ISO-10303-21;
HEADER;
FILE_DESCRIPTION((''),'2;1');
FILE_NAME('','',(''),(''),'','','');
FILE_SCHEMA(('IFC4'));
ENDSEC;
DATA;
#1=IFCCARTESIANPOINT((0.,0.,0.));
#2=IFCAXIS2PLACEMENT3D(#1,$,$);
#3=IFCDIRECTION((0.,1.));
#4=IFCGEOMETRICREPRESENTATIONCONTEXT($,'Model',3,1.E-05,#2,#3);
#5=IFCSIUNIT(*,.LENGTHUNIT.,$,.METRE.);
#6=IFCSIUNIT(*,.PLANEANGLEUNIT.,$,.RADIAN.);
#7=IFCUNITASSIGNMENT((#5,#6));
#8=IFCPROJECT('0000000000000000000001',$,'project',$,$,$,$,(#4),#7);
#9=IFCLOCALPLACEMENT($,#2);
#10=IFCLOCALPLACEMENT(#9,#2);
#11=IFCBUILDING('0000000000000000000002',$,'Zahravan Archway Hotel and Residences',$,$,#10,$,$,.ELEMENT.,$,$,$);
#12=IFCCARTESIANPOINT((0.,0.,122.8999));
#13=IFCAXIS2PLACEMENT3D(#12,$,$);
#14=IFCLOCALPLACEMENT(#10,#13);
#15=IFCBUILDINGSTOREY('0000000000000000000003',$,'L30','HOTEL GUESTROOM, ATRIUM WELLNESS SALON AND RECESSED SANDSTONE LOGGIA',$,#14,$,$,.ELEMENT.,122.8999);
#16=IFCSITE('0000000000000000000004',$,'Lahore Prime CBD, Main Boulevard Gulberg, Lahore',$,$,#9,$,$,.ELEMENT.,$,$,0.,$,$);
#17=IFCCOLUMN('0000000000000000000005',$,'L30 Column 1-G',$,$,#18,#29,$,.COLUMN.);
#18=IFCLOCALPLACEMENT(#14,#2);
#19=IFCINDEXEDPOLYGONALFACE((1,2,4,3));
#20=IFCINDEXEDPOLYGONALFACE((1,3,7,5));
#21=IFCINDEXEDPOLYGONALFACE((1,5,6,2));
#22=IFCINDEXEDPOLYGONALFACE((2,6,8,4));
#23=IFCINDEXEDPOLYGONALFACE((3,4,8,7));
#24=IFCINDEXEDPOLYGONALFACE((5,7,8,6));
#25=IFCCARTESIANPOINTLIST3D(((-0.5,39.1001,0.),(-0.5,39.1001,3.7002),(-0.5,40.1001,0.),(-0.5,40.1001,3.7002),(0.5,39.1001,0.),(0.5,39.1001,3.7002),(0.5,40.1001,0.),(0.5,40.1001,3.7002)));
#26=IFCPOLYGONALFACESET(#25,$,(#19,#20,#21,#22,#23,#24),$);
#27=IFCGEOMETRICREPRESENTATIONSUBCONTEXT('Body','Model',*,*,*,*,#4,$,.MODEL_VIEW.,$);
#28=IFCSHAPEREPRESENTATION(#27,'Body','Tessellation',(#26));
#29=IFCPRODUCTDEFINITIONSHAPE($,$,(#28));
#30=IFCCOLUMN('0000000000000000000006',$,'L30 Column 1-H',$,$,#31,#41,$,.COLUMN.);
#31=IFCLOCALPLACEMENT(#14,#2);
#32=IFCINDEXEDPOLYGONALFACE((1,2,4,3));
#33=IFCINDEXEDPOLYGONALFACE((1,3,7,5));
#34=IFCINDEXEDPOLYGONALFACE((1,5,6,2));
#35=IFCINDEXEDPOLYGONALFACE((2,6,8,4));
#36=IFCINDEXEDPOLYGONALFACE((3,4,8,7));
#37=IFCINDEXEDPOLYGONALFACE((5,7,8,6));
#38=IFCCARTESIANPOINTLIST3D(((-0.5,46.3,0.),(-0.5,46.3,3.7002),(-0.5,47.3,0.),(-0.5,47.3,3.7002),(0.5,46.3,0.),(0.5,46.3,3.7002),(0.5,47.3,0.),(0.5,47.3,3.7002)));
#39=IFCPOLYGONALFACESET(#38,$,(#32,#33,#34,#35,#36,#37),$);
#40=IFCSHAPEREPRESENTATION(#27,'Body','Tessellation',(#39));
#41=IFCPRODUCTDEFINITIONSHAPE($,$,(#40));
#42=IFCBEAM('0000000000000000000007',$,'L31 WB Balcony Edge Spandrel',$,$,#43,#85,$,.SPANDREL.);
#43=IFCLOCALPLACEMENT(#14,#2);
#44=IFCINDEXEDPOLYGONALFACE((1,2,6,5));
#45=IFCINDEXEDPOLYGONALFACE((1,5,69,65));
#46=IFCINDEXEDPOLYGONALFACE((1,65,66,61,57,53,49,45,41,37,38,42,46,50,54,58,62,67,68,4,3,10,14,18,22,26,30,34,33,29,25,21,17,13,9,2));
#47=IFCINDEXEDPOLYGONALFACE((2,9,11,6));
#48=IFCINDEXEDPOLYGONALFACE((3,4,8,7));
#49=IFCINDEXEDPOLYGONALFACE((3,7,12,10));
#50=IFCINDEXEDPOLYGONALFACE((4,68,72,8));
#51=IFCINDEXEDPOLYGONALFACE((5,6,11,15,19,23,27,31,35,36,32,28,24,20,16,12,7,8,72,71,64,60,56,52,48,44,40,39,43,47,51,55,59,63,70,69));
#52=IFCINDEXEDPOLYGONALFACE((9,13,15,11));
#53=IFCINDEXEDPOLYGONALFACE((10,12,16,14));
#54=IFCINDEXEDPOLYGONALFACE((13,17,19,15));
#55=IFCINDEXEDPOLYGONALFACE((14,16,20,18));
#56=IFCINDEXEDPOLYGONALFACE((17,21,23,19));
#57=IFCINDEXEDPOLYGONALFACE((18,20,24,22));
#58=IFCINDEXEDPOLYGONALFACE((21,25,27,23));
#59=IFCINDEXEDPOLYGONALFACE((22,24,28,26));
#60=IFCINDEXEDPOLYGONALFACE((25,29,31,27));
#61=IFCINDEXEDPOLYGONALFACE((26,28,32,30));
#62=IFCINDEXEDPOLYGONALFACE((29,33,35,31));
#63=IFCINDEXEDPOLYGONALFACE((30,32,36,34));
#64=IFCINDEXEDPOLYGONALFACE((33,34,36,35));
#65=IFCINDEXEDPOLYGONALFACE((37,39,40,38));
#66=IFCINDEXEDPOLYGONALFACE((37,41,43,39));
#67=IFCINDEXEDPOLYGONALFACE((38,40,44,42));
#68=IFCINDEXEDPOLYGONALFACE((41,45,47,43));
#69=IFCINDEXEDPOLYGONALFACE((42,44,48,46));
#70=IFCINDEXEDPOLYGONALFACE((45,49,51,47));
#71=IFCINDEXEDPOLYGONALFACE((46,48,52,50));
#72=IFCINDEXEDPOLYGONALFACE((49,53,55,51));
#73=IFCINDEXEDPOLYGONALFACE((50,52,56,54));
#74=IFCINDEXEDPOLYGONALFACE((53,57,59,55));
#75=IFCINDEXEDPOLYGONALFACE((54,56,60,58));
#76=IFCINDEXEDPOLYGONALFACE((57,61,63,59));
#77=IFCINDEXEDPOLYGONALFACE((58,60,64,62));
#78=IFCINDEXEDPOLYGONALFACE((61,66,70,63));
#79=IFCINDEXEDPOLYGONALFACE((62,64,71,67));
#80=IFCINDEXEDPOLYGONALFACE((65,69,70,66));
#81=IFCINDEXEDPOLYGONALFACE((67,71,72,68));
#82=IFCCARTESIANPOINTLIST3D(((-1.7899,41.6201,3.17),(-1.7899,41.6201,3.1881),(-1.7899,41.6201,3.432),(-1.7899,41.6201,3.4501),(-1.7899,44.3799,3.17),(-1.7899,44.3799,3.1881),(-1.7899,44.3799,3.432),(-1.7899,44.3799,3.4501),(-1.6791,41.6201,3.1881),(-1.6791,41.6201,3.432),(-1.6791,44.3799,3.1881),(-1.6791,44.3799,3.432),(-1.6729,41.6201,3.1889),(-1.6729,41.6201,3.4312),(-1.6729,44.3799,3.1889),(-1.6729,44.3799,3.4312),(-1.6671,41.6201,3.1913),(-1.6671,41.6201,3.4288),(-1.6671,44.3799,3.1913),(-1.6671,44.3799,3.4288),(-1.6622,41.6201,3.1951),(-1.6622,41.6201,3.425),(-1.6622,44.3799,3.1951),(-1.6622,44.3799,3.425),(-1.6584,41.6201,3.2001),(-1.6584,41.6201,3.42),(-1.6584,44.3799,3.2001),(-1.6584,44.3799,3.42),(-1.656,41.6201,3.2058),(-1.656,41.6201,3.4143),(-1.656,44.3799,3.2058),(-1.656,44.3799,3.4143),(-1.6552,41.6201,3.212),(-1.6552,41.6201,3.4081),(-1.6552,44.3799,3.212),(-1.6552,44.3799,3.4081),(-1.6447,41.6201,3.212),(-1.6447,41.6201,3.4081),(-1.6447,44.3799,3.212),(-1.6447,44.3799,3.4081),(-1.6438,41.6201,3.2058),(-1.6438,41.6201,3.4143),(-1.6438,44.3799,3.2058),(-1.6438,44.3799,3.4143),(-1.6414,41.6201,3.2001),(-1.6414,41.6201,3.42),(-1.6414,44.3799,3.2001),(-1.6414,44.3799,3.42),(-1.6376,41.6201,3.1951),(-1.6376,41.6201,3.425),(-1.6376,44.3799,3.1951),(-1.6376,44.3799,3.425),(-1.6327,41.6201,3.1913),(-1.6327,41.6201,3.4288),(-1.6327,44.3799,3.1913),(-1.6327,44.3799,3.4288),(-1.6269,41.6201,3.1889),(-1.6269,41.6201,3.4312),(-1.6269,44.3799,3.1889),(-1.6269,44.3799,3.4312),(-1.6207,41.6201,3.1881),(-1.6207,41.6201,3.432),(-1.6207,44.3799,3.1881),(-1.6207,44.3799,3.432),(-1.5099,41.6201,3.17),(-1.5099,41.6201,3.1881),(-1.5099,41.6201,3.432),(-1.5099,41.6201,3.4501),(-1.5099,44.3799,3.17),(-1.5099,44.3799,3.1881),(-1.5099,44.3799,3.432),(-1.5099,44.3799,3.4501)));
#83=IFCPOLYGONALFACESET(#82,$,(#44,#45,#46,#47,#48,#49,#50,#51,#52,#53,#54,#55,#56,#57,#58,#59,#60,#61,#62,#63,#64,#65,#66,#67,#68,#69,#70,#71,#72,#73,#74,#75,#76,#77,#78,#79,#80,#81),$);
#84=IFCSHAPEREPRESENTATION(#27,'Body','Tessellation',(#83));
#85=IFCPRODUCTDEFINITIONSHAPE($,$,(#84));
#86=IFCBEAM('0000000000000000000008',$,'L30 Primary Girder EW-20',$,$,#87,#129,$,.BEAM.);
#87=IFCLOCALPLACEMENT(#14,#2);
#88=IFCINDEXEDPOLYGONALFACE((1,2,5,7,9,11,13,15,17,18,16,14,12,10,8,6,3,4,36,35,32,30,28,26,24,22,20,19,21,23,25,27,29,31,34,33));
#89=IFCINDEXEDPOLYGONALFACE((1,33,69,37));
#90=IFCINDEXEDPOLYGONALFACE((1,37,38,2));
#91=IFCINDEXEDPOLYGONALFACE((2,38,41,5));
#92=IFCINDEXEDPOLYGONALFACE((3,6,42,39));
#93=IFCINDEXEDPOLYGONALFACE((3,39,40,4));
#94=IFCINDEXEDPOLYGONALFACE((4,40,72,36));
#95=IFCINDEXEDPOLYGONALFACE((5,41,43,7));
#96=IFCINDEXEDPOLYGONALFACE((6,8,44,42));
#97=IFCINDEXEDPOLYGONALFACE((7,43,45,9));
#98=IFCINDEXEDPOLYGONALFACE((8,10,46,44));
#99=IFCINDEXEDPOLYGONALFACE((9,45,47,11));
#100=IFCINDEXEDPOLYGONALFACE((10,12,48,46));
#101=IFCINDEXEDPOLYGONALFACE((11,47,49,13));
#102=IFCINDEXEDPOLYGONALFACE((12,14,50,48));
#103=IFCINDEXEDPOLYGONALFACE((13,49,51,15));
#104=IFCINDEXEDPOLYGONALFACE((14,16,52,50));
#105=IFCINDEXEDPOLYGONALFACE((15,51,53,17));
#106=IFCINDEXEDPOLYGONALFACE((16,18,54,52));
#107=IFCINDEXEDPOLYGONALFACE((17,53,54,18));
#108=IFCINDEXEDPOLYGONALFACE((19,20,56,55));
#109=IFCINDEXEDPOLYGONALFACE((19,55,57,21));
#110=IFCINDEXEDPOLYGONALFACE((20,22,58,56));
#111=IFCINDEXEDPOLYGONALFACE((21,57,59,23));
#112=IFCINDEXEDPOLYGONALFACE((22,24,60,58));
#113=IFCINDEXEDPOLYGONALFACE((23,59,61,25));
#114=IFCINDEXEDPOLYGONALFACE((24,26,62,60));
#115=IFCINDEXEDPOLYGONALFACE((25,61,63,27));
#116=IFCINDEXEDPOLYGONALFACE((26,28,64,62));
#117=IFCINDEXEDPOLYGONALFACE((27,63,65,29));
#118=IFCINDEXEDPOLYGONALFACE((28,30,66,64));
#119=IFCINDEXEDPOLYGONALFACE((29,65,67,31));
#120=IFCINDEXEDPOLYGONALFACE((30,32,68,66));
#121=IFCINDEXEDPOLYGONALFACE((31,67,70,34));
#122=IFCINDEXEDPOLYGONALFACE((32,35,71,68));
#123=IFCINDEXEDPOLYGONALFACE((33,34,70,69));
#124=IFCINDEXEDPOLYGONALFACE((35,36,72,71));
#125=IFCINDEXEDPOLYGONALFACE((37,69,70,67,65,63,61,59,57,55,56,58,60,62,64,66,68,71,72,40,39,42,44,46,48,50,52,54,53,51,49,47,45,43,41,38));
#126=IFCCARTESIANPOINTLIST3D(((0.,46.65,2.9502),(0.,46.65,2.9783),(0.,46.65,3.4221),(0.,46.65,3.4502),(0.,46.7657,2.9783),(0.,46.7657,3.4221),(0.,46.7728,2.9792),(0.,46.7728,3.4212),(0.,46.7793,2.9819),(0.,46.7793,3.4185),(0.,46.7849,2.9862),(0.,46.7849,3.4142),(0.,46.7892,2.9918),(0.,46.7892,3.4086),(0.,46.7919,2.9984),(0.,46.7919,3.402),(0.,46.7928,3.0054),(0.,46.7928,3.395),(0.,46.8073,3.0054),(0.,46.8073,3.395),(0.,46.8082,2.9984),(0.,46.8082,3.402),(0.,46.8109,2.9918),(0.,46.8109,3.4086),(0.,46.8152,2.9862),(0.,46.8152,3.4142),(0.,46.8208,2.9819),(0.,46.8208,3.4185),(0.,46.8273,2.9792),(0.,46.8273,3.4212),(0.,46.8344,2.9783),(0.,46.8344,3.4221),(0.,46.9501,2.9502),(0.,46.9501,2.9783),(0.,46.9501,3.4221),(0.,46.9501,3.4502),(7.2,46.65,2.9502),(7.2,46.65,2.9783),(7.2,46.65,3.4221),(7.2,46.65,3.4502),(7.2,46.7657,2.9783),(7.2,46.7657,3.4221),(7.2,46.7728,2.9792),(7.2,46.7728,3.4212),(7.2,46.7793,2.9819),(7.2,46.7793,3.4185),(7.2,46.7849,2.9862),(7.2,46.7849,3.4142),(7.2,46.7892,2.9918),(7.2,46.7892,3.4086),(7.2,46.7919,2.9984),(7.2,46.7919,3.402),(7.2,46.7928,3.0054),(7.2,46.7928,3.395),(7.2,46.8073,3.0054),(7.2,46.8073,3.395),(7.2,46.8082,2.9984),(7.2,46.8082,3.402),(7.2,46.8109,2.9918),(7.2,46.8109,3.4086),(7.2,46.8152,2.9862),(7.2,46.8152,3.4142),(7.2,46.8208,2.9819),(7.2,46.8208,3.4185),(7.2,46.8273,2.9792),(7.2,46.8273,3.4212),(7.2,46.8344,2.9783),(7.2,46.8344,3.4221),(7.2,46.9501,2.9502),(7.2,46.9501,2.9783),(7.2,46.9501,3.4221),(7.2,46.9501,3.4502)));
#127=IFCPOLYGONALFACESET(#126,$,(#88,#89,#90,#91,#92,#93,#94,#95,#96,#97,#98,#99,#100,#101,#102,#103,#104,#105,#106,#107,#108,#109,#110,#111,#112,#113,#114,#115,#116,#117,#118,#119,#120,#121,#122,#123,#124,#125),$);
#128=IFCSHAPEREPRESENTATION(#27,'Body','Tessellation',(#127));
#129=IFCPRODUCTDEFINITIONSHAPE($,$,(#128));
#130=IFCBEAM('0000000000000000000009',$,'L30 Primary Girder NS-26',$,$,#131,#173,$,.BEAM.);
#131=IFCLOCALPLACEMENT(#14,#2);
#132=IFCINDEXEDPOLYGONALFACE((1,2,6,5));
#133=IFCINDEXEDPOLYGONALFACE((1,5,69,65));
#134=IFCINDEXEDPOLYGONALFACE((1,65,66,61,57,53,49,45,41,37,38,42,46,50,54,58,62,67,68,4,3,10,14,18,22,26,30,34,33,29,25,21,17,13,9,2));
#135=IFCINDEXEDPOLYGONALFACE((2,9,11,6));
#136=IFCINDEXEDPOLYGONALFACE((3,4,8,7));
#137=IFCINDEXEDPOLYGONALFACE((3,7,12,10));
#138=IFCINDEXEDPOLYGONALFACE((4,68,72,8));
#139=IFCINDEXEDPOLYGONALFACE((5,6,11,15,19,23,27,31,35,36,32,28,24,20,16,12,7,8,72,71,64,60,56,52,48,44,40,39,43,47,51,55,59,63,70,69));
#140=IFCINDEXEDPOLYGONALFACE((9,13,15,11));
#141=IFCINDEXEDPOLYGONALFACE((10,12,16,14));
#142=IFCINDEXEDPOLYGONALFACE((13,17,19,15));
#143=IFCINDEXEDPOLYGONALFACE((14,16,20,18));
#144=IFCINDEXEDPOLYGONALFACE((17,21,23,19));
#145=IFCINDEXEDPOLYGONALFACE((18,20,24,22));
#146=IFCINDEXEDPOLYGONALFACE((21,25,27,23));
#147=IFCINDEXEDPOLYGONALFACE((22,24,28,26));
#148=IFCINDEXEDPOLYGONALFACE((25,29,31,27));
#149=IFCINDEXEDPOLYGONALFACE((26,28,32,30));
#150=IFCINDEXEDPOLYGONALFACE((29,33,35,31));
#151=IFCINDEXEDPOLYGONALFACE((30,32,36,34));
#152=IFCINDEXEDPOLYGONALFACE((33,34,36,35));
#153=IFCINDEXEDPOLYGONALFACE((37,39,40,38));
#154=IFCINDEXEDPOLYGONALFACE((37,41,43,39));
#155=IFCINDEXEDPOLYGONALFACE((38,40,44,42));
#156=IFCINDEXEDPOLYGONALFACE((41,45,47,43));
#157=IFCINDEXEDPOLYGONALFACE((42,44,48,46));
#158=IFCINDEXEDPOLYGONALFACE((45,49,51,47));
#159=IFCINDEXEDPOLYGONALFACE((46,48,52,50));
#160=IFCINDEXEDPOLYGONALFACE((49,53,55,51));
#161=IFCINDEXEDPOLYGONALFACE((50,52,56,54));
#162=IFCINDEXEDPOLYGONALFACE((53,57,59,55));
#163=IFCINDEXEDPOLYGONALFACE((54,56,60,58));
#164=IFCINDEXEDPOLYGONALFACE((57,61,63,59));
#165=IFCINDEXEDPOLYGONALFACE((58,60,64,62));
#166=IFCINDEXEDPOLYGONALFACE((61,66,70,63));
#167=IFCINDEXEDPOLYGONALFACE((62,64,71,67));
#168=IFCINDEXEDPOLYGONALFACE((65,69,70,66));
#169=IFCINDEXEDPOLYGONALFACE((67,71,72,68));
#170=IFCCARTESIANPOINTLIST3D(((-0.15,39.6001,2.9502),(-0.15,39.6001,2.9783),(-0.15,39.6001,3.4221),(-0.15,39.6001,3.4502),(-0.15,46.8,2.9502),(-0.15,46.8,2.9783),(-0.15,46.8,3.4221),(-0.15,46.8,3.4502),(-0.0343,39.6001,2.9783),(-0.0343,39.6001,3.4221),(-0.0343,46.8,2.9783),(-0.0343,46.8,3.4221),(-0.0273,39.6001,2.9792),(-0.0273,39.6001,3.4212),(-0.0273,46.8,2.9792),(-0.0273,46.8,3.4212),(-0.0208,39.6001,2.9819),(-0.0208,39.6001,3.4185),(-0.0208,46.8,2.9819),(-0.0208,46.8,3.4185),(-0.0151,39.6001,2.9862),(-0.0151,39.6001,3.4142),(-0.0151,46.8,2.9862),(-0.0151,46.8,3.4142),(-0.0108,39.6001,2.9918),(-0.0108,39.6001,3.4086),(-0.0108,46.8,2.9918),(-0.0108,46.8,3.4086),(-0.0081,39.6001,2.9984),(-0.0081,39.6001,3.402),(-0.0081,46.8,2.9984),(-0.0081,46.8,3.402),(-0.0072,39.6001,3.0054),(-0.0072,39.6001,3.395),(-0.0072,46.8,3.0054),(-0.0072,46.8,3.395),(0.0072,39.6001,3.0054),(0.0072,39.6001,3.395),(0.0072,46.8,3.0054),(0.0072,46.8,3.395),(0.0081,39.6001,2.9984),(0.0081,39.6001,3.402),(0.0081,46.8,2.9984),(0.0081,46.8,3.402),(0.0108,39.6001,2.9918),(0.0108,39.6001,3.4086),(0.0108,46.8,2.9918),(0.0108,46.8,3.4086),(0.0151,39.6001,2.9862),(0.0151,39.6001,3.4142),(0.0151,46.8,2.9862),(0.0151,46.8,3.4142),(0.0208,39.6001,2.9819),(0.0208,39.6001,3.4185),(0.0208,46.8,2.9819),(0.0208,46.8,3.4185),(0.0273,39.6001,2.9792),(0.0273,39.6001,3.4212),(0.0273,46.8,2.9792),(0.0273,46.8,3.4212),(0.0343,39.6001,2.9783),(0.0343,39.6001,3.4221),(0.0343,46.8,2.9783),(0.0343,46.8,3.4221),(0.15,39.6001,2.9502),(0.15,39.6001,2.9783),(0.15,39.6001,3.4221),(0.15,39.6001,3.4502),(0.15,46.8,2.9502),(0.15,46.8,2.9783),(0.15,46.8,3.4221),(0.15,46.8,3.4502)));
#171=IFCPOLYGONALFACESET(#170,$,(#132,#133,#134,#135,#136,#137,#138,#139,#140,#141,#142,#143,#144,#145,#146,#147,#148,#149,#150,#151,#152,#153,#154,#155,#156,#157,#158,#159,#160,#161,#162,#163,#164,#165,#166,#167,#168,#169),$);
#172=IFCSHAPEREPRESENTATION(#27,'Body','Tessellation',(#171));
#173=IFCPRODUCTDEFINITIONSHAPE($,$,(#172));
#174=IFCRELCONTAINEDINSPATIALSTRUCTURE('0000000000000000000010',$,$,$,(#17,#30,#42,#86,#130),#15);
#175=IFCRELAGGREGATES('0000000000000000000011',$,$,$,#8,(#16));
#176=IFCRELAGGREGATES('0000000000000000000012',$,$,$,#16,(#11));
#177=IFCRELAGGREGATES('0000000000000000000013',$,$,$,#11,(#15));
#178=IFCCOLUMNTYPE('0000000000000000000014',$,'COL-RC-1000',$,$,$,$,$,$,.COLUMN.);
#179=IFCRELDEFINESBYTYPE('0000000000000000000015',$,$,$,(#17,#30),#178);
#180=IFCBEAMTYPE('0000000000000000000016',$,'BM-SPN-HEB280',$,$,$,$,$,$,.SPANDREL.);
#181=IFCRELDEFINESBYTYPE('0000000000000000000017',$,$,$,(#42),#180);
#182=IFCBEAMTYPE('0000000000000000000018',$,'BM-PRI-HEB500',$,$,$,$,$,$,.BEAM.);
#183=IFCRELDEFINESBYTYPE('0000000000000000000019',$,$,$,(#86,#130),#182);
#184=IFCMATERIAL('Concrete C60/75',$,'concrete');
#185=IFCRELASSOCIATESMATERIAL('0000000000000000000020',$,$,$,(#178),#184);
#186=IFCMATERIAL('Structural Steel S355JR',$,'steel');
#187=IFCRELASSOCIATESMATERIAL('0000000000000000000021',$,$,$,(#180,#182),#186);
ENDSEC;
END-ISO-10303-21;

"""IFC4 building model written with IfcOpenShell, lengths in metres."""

from ifc_helpers import new_model, si_unit, direction, frame, origin, origin_2d, place, context, subcontext, project, spatial, rectangle, i_section, extrude, source, transform, mapped, material, material_profile, profile_set, type_object, element, save


model = new_model("IFC4")

# Units and contexts
model_context = context("Model", 3, precision=1e-05, world=origin(), true_north=direction((0.0, 1.0)))
body_context = subcontext(model_context, "Body", "Model", "MODEL_VIEW")
ifc_project = project(units=[si_unit("LENGTHUNIT", "METRE"), si_unit("PLANEANGLEUNIT", "RADIAN")], contexts=[model_context])

# Site, building, storey
site_placement = place(None, origin())
site = spatial("IfcSite", under=ifc_project, at=site_placement, Name="Lahore Prime CBD, Main Boulevard Gulberg, Lahore", CompositionType="ELEMENT", RefElevation=0.0)
building_placement = place(site_placement, origin())
building = spatial("IfcBuilding", under=site, at=building_placement, Name="Zahravan Archway Hotel and Residences", CompositionType="ELEMENT")
storey_placement = place(building_placement, frame((0.0, 0.0, 122.8999)))
storey = spatial("IfcBuildingStorey", under=building, at=storey_placement, Name="L30", Description="HOTEL GUESTROOM, ATRIUM WELLNESS SALON AND RECESSED SANDSTONE LOGGIA", CompositionType="ELEMENT", Elevation=122.8999)

# Columns
ifc_material_1 = material(Name="Concrete C60/75", Category="concrete")
ifc_material_profile_1 = material_profile(ifc_material_1, rectangle(XDim=1.0, YDim=1.0, at=origin_2d()), Name="RC-COL-1000x1000", Category="concrete")
ifc_profile_set_1 = profile_set([ifc_material_profile_1], Name="Concrete C60/75")
column_type = type_object("IfcColumnType", Name="COL-RC-1000", PredefinedType="COLUMN", material=ifc_profile_set_1)
shared_shape_1 = source(origin(), body_context, "Body", "SweptSolid", [
    extrude(rectangle(XDim=1.0, YDim=1.0, at=origin_2d()), origin(), (0.0, 0.0, 1.0), 3.7002),
])
for number, where, z_axis, x_axis, name in (
    (1, (0.0, 39.6001, 0.0), (0.0, 0.0, 1.0), (1.0, 0.0, 0.0), "L30 Column 1-G"),
    (2, (0.0, 46.8, 0.0), (0.0, 0.0, 1.0), (1.0, 0.0, 0.0), "L30 Column 1-H"),
):
    element("IfcColumn", number, at=place(storey_placement, frame(where, z_axis=z_axis, x_axis=x_axis)), inside=storey, type_object=column_type, Name=name, PredefinedType="COLUMN", context=body_context, shape_type="MappedRepresentation", body=[
        mapped(shared_shape_1, transform((0.0, 0.0, 0.0), scale=1.0)),
    ])

# Beams
ifc_material_2 = material(Name="Structural Steel S355JR", Category="steel")
ifc_material_profile_2 = material_profile(ifc_material_2, i_section(OverallWidth=0.28, OverallDepth=0.28, WebThickness=0.0105, FlangeThickness=0.0181, FilletRadius=0.0239, at=origin_2d()), Name="HEB 280", Category="steel")
ifc_profile_set_2 = profile_set([ifc_material_profile_2], Name="Structural Steel S355JR")
beam_type_1 = type_object("IfcBeamType", Name="BM-SPN-HEB280", PredefinedType="SPANDREL", material=ifc_profile_set_2)
shared_shape_2 = source(origin(), body_context, "Body", "SweptSolid", [
    extrude(i_section(OverallWidth=0.28, OverallDepth=0.28, WebThickness=0.0105, FlangeThickness=0.0181, FilletRadius=0.0239, at=origin_2d()), origin(), (0.0, 0.0, 1.0), 2.7598),
])
beam_placement = place(storey_placement, frame((-1.6499, 41.6201, 3.3101), z_axis=(0.0, 1.0, 0.0), x_axis=(-1.0, 0.0, 0.0)))
element("IfcBeam", 3, at=beam_placement, inside=storey, type_object=beam_type_1, Name="L31 WB Balcony Edge Spandrel", PredefinedType="SPANDREL", context=body_context, shape_type="MappedRepresentation", body=[
    mapped(shared_shape_2, transform((0.0, 0.0, 0.0), scale=1.0)),
])
ifc_material_profile_3 = material_profile(ifc_material_2, i_section(OverallWidth=0.3, OverallDepth=0.5, WebThickness=0.0144, FlangeThickness=0.0281, FilletRadius=0.0271, at=origin_2d()), Name="HEB 500", Category="steel")
ifc_profile_set_3 = profile_set([ifc_material_profile_3], Name="Structural Steel S355JR")
beam_type_2 = type_object("IfcBeamType", Name="BM-PRI-HEB500", PredefinedType="BEAM", material=ifc_profile_set_3)
shared_shape_3 = source(origin(), body_context, "Body", "SweptSolid", [
    extrude(i_section(OverallWidth=0.3, OverallDepth=0.5, WebThickness=0.0144, FlangeThickness=0.0281, FilletRadius=0.0271, at=origin_2d()), origin(), (0.0, 0.0, 1.0), 7.2),
])
for number, where, z_axis, x_axis, name in (
    (4, (0.0, 46.8, 3.2002), (1.0, 0.0, 0.0), (0.0, 1.0, 0.0), "L30 Primary Girder EW-20"),
    (5, (0.0, 39.6001, 3.2002), (0.0, 1.0, 0.0), (-1.0, 0.0, 0.0), "L30 Primary Girder NS-26"),
):
    element("IfcBeam", number, at=place(storey_placement, frame(where, z_axis=z_axis, x_axis=x_axis)), inside=storey, type_object=beam_type_2, Name=name, PredefinedType="BEAM", context=body_context, shape_type="MappedRepresentation", body=[
        mapped(shared_shape_3, transform((0.0, 0.0, 0.0), scale=1.0)),
    ])

save(model, "model.ifc")
